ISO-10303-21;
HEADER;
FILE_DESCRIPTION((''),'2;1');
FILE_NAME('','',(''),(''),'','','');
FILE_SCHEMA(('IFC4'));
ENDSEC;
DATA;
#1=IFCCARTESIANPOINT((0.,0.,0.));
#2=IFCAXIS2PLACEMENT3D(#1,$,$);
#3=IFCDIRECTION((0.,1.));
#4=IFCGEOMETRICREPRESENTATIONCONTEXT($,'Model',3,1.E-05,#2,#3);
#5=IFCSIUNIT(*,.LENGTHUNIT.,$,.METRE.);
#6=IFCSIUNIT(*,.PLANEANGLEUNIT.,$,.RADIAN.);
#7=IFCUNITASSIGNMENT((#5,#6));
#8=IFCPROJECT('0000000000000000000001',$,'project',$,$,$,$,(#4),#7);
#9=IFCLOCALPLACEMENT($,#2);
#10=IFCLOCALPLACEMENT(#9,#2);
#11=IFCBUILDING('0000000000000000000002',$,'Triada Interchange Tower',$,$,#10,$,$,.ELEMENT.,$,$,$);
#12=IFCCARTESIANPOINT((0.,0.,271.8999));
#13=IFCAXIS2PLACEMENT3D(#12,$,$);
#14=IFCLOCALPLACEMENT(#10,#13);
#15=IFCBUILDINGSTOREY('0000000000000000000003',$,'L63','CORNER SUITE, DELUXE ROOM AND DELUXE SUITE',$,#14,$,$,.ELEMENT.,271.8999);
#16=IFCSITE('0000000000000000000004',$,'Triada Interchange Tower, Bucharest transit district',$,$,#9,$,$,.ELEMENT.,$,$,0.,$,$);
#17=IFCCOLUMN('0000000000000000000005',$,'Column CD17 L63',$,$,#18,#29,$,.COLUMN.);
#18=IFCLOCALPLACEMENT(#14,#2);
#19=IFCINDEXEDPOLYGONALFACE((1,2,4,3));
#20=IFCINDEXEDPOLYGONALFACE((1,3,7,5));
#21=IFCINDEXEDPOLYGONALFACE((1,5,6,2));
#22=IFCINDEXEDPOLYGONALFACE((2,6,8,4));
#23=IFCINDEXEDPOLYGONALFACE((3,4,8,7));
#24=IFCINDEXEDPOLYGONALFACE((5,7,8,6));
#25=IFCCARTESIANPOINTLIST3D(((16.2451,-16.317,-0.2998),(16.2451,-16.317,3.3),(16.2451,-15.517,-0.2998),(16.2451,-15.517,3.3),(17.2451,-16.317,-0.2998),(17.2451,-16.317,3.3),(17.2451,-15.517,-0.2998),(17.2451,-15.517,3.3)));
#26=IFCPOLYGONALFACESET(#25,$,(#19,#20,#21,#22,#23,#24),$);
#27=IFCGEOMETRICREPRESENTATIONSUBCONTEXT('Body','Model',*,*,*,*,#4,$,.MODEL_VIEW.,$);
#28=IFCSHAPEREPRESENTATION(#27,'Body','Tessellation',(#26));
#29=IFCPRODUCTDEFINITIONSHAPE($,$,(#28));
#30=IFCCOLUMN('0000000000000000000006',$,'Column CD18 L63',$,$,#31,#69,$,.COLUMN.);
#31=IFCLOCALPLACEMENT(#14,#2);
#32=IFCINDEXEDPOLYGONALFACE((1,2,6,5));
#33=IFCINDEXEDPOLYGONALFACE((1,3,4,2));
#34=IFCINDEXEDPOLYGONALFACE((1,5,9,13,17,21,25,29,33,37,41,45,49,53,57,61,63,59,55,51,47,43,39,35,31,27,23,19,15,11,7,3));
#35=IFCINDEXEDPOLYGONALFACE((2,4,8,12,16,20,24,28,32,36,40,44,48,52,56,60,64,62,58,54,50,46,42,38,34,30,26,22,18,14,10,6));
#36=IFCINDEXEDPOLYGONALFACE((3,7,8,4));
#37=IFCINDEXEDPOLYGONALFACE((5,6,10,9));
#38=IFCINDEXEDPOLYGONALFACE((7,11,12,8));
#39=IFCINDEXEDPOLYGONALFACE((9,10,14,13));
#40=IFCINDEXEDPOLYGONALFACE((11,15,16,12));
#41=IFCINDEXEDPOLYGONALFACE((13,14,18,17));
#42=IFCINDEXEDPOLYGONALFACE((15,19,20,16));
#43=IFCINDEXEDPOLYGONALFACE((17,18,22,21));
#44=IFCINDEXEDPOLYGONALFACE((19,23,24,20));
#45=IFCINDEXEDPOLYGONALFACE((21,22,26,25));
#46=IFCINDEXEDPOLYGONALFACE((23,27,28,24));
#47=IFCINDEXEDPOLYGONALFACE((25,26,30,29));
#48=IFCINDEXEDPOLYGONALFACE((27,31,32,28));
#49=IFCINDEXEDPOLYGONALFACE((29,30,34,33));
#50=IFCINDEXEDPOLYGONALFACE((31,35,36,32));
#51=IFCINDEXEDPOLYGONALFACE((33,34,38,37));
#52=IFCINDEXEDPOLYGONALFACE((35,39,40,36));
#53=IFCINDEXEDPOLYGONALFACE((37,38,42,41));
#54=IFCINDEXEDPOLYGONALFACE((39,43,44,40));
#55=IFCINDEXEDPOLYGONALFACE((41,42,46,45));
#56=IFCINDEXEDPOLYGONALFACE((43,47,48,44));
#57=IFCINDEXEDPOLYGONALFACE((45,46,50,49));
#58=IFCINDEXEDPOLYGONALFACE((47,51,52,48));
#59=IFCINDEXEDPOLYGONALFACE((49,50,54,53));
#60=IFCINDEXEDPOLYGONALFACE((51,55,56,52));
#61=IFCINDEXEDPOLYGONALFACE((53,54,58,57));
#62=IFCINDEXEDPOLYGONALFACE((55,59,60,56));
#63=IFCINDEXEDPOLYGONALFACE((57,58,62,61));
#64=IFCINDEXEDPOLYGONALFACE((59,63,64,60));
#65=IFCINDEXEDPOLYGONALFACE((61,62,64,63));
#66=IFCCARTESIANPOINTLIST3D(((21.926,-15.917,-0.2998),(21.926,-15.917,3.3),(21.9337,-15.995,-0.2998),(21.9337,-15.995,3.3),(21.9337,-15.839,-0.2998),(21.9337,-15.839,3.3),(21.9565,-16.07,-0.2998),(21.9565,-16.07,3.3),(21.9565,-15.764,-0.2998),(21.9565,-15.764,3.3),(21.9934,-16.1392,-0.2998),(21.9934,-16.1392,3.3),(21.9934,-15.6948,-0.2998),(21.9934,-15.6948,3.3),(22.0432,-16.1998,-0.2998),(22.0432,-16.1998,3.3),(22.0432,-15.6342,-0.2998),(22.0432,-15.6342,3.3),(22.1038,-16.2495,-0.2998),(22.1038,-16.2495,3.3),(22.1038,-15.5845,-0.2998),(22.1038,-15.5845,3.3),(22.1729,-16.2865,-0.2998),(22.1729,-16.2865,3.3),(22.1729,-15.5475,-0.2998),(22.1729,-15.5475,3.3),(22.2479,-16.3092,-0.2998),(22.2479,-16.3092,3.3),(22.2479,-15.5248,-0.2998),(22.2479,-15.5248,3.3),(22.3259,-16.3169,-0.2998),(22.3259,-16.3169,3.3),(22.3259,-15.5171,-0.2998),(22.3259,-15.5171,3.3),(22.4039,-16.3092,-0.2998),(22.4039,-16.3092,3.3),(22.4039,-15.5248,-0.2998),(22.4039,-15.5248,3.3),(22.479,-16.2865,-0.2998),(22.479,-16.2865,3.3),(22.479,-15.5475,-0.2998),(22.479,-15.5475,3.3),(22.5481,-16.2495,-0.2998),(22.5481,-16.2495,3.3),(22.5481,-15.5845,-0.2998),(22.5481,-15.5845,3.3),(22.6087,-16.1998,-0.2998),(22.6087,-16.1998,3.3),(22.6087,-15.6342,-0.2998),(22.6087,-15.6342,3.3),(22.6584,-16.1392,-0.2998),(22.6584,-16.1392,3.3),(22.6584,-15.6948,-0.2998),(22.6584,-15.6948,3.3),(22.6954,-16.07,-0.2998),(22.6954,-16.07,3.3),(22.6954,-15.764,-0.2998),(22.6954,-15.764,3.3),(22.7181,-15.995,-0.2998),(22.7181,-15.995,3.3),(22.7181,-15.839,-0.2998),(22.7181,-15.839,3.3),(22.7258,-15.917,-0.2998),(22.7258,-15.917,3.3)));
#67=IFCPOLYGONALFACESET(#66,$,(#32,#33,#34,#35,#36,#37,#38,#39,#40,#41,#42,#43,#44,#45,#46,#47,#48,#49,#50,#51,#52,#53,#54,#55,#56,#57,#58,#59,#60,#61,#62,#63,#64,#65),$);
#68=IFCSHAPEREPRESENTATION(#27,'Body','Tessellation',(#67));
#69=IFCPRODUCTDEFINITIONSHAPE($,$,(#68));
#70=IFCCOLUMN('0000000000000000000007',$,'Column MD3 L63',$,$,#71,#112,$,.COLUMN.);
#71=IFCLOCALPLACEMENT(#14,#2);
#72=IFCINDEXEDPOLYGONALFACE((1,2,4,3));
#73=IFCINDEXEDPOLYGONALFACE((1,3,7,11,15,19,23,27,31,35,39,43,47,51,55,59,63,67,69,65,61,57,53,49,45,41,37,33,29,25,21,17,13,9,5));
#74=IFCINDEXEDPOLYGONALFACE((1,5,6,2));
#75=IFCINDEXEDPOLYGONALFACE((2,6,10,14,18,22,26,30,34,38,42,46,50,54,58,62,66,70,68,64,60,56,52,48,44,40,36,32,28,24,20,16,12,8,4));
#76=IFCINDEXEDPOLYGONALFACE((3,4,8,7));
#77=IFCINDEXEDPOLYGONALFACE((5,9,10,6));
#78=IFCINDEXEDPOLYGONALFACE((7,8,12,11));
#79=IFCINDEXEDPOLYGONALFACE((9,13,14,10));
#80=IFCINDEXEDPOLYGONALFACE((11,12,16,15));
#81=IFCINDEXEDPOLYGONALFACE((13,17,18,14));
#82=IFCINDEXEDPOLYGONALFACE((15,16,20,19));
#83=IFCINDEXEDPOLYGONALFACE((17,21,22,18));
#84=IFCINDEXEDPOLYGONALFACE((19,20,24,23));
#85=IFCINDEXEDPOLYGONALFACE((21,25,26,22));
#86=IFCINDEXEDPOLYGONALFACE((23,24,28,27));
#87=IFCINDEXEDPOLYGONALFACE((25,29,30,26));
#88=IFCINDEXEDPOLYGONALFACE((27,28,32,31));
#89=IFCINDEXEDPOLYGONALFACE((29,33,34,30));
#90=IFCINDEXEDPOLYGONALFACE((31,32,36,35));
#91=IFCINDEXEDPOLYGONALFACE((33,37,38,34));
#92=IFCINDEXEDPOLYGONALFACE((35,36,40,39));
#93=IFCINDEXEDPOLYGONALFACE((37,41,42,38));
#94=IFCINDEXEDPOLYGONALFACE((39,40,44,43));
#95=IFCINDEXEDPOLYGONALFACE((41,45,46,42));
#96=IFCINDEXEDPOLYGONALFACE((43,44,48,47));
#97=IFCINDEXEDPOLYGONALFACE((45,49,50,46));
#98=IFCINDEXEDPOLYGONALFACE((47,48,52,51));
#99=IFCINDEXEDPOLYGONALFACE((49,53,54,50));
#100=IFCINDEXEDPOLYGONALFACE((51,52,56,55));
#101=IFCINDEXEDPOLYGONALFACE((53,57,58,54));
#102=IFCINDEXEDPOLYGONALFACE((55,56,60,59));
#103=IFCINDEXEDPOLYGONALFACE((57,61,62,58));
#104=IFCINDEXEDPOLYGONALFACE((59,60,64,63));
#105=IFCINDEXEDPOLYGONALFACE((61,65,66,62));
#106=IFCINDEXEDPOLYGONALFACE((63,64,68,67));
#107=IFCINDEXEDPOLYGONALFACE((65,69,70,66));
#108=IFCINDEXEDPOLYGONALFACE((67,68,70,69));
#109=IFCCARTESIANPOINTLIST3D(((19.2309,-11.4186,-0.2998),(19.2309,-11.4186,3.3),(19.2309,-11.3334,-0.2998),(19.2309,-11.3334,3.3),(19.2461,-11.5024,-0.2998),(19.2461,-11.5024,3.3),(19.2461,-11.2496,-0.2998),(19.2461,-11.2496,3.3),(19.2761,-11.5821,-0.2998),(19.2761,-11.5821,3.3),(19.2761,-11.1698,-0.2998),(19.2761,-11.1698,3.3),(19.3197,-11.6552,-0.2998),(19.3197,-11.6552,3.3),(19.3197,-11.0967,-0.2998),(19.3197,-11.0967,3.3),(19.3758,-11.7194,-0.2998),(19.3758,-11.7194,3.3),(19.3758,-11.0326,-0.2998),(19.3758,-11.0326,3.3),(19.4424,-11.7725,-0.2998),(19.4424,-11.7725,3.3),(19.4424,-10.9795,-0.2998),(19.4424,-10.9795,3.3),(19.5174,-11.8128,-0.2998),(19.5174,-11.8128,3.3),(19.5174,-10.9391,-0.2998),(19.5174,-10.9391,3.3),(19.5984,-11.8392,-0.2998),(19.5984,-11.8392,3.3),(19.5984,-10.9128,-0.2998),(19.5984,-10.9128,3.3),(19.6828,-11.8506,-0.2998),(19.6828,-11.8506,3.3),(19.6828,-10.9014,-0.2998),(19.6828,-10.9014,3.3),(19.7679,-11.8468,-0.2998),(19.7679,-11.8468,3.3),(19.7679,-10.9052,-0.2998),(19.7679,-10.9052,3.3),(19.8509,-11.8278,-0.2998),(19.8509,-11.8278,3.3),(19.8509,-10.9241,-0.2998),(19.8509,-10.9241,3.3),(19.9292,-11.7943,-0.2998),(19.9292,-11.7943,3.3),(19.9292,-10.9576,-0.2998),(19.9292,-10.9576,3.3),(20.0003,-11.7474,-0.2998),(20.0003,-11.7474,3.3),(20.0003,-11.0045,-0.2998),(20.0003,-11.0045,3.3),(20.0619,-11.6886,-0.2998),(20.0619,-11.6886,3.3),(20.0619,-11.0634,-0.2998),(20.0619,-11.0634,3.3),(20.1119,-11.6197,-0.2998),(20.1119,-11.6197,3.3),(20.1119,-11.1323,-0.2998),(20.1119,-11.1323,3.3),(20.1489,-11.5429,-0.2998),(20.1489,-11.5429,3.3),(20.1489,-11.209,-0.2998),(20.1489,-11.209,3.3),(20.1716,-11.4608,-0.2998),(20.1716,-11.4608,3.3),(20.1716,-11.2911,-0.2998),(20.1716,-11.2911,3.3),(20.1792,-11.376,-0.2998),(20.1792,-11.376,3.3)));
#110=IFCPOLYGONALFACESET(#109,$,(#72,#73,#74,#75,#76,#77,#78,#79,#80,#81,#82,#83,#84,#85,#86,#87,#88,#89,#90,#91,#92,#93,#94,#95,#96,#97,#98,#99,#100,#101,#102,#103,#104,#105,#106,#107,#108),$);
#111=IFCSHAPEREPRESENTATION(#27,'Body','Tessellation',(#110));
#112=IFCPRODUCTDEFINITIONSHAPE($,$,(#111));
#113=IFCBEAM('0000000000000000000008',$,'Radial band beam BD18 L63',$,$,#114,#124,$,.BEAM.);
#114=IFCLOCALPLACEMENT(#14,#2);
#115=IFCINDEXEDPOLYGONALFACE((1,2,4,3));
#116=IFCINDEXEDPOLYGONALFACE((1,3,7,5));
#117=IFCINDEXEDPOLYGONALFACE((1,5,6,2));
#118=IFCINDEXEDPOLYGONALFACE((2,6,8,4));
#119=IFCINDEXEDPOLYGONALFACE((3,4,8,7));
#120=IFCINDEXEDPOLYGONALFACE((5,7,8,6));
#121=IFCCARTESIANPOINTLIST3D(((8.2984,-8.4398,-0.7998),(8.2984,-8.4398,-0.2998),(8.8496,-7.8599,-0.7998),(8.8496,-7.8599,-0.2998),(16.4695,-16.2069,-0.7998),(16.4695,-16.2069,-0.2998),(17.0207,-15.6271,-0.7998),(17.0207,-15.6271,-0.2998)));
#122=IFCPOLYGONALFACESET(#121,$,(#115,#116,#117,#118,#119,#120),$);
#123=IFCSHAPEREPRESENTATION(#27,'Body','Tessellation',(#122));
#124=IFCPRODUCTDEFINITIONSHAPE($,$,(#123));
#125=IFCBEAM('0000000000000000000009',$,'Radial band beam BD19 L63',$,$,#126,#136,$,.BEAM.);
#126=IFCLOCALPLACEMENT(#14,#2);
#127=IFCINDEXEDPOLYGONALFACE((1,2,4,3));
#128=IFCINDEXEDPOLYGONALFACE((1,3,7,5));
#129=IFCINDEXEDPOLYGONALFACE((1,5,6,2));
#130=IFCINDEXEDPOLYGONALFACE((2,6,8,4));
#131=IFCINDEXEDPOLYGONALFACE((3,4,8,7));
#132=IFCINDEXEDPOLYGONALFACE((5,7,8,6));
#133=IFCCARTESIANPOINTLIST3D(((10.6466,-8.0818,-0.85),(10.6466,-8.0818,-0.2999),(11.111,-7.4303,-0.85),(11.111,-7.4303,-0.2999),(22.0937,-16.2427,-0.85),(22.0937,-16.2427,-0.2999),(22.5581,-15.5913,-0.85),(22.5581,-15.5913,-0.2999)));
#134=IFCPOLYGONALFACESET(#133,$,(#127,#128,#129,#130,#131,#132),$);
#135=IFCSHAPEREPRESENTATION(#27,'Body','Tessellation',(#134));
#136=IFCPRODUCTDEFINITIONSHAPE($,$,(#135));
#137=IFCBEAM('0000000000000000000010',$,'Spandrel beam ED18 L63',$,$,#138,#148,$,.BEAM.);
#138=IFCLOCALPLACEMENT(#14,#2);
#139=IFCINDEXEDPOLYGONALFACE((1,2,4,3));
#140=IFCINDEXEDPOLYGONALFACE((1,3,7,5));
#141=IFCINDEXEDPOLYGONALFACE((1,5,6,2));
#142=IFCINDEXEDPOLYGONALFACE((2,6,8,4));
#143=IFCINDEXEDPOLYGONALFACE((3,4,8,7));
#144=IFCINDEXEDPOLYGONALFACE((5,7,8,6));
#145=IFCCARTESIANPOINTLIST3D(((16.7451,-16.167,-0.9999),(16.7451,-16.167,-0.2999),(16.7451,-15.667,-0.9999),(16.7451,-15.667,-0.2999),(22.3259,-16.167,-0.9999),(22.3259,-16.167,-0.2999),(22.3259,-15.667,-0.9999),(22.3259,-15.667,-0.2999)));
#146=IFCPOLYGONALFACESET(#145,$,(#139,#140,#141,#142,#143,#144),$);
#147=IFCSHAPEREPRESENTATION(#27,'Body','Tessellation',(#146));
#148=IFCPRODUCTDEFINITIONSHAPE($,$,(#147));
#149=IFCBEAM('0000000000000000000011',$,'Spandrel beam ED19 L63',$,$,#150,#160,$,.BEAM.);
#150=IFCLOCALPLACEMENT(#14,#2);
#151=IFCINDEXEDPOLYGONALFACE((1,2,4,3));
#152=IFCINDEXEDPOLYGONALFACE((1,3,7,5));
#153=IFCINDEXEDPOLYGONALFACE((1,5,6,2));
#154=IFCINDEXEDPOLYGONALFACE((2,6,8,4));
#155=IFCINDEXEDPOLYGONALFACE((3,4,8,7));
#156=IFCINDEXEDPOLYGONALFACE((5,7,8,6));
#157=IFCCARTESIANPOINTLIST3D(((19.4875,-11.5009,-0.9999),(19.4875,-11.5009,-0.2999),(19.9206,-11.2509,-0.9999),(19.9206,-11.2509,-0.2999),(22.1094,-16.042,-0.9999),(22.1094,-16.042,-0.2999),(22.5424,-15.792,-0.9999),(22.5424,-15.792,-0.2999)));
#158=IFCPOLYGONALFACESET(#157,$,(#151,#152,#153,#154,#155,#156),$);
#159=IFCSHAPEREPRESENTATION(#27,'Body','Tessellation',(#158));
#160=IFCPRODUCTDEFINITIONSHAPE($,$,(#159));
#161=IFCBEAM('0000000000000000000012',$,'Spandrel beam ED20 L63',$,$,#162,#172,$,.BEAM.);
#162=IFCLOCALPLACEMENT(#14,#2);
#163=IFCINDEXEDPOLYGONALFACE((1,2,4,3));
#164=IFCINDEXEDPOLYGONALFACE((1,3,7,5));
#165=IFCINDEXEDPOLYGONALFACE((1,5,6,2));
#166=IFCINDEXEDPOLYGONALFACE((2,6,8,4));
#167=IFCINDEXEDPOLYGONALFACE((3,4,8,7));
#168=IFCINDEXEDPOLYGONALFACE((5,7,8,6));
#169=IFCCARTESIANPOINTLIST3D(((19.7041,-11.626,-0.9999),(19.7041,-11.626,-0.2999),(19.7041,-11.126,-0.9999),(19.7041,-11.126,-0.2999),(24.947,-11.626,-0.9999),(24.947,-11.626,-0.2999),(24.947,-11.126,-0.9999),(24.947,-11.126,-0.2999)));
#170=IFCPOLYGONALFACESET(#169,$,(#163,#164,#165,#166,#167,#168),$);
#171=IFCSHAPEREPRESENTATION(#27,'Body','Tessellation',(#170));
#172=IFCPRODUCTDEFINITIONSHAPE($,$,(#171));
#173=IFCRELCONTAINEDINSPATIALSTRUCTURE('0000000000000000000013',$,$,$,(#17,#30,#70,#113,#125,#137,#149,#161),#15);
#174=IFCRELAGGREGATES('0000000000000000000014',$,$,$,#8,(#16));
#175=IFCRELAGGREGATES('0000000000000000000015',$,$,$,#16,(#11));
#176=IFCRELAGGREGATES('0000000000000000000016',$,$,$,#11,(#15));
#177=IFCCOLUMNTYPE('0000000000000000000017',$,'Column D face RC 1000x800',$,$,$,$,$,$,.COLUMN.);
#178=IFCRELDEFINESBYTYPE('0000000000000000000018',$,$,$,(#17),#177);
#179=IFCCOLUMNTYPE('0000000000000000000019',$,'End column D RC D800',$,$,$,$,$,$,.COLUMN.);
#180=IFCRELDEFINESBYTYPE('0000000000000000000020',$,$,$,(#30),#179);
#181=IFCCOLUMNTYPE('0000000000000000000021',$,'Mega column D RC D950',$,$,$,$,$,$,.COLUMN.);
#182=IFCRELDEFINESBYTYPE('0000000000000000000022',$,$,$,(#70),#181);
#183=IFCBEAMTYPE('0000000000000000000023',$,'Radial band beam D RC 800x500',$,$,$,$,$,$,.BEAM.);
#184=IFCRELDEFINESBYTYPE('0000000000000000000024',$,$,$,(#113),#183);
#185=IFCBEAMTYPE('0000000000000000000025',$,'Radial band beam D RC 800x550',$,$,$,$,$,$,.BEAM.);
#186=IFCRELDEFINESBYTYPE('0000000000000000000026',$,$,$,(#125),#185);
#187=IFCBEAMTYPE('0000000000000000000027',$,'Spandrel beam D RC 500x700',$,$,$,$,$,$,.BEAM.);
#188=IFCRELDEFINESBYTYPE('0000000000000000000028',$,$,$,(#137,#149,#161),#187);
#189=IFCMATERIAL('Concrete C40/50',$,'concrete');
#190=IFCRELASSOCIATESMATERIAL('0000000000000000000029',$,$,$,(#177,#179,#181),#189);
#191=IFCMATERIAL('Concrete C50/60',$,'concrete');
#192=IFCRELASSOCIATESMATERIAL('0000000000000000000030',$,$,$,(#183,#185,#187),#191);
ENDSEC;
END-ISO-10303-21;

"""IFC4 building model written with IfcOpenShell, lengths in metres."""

from ifc_helpers import new_model, si_unit, direction, frame, origin, origin_2d, place, context, subcontext, project, spatial, rectangle, circle, extrude, material, material_profile, profile_set, type_object, element, save


model = new_model("IFC4")

# Units and contexts
model_context = context("Model", 3, precision=1e-05, world=origin(), true_north=direction((0.0, 1.0)))
body_context = subcontext(model_context, "Body", "Model", "MODEL_VIEW")
ifc_project = project(units=[si_unit("LENGTHUNIT", "METRE"), si_unit("PLANEANGLEUNIT", "RADIAN")], contexts=[model_context])

# Site, building, storey
site_placement = place(None, origin())
site = spatial("IfcSite", under=ifc_project, at=site_placement, Name="Triada Interchange Tower, Bucharest transit district", CompositionType="ELEMENT", RefElevation=0.0)
building_placement = place(site_placement, origin())
building = spatial("IfcBuilding", under=site, at=building_placement, Name="Triada Interchange Tower", CompositionType="ELEMENT")
storey_placement = place(building_placement, frame((0.0, 0.0, 271.8999)))
storey = spatial("IfcBuildingStorey", under=building, at=storey_placement, Name="L63", Description="CORNER SUITE, DELUXE ROOM AND DELUXE SUITE", CompositionType="ELEMENT", Elevation=271.8999)

# Columns
ifc_material_1 = material(Name="Concrete C40/50", Category="concrete")
ifc_material_profile_1 = material_profile(ifc_material_1, rectangle(XDim=1.0, YDim=0.8, at=origin_2d()), Name="RC 1000x800")
ifc_profile_set_1 = profile_set([ifc_material_profile_1], Name="Concrete C40/50")
column_type_1 = type_object("IfcColumnType", Name="Column D face RC 1000x800", PredefinedType="COLUMN", material=ifc_profile_set_1)
column_1_placement = place(storey_placement, frame((16.7451, -15.917, -0.2998), z_axis=(0.0, 0.0, 1.0), x_axis=(1.0, 0.0, 0.0)))
element("IfcColumn", 1, at=column_1_placement, inside=storey, type_object=column_type_1, Name="Column CD17 L63", PredefinedType="COLUMN", context=body_context, shape_type="SweptSolid", body=[
    extrude(rectangle(XDim=1.0, YDim=0.8, at=origin_2d()), origin(), (0.0, 0.0, 1.0), 3.5999),
])
ifc_material_profile_2 = material_profile(ifc_material_1, circle(Radius=0.3999, at=origin_2d()), Name="RC D800")
ifc_profile_set_2 = profile_set([ifc_material_profile_2], Name="Concrete C40/50")
column_type_2 = type_object("IfcColumnType", Name="End column D RC D800", PredefinedType="COLUMN", material=ifc_profile_set_2)
column_2_placement = place(storey_placement, frame((22.3259, -15.917, -0.2998), z_axis=(0.0, 0.0, 1.0), x_axis=(1.0, 0.0, 0.0)))
element("IfcColumn", 2, at=column_2_placement, inside=storey, type_object=column_type_2, Name="Column CD18 L63", PredefinedType="COLUMN", context=body_context, shape_type="SweptSolid", body=[
    extrude(circle(Radius=0.3999, at=origin_2d()), origin(), (0.0, 0.0, 1.0), 3.5999),
])
ifc_material_profile_3 = material_profile(ifc_material_1, circle(Radius=0.4751, at=origin_2d()), Name="RC D950")
ifc_profile_set_3 = profile_set([ifc_material_profile_3], Name="Concrete C40/50")
column_type_3 = type_object("IfcColumnType", Name="Mega column D RC D950", PredefinedType="COLUMN", material=ifc_profile_set_3)
column_3_placement = place(storey_placement, frame((19.7041, -11.376, -0.2998), z_axis=(0.0, 0.0, 1.0), x_axis=(1.0, 0.0, 0.0)))
element("IfcColumn", 3, at=column_3_placement, inside=storey, type_object=column_type_3, Name="Column MD3 L63", PredefinedType="COLUMN", context=body_context, shape_type="SweptSolid", body=[
    extrude(circle(Radius=0.4751, at=origin_2d()), origin(), (0.0, 0.0, 1.0), 3.5999),
])

# Beams
ifc_material_2 = material(Name="Concrete C50/60", Category="concrete")
ifc_material_profile_4 = material_profile(ifc_material_2, rectangle(XDim=0.8, YDim=0.5, at=origin_2d()), Name="RC 800x500")
ifc_profile_set_4 = profile_set([ifc_material_profile_4], Name="Concrete C50/60")
beam_type_1 = type_object("IfcBeamType", Name="Radial band beam D RC 800x500", PredefinedType="BEAM", material=ifc_profile_set_4)
beam_1_placement = place(storey_placement, frame((16.7451, -15.917, -0.5498), z_axis=(-0.7248, 0.688959, 0.0), x_axis=(-0.688959, -0.7248, 0.0)))
element("IfcBeam", 4, at=beam_1_placement, inside=storey, type_object=beam_type_1, Name="Radial band beam BD18 L63", PredefinedType="BEAM", context=body_context, shape_type="SweptSolid", body=[
    extrude(rectangle(XDim=0.8, YDim=0.5, at=origin_2d()), origin(), (0.0, 0.0, 1.0), 11.2737),
])
ifc_material_profile_5 = material_profile(ifc_material_2, rectangle(XDim=0.8, YDim=0.55, at=origin_2d()), Name="RC 800x550")
ifc_profile_set_5 = profile_set([ifc_material_profile_5], Name="Concrete C50/60")
beam_type_2 = type_object("IfcBeamType", Name="Radial band beam D RC 800x550", PredefinedType="BEAM", material=ifc_profile_set_5)
beam_2_placement = place(storey_placement, frame((22.3259, -15.917, -0.575), z_axis=(-0.814256, 0.580505, 0.0), x_axis=(-0.580505, -0.814256, 0.0)))
element("IfcBeam", 5, at=beam_2_placement, inside=storey, type_object=beam_type_2, Name="Radial band beam BD19 L63", PredefinedType="BEAM", context=body_context, shape_type="SweptSolid", body=[
    extrude(rectangle(XDim=0.8, YDim=0.55, at=origin_2d()), origin(), (0.0, 0.0, 1.0), 14.0583),
])
ifc_material_profile_6 = material_profile(ifc_material_2, rectangle(XDim=0.5, YDim=0.7, at=origin_2d()), Name="RC 500x700")
ifc_profile_set_6 = profile_set([ifc_material_profile_6], Name="Concrete C50/60")
beam_type_3 = type_object("IfcBeamType", Name="Spandrel beam D RC 500x700", PredefinedType="BEAM", material=ifc_profile_set_6)
beam_3_placement = place(storey_placement, frame((16.7451, -15.917, -0.6499), z_axis=(1.0, 0.0, 0.0), x_axis=(0.0, 1.0, 0.0)))
element("IfcBeam", 6, at=beam_3_placement, inside=storey, type_object=beam_type_3, Name="Spandrel beam ED18 L63", PredefinedType="BEAM", context=body_context, shape_type="SweptSolid", body=[
    extrude(rectangle(XDim=0.5, YDim=0.7, at=origin_2d()), origin(), (0.0, 0.0, 1.0), 5.5808),
])
beam_4_placement = place(storey_placement, frame((22.3259, -15.917, -0.6499), z_axis=(-0.50001, 0.86602, 0.0), x_axis=(-0.86602, -0.50001, 0.0)))
element("IfcBeam", 7, at=beam_4_placement, inside=storey, type_object=beam_type_3, Name="Spandrel beam ED19 L63", PredefinedType="BEAM", context=body_context, shape_type="SweptSolid", body=[
    extrude(rectangle(XDim=0.5, YDim=0.7, at=origin_2d()), origin(), (0.0, 0.0, 1.0), 5.2437),
])
beam_5_placement = place(storey_placement, frame((19.7041, -11.376, -0.6499), z_axis=(1.0, 0.0, 0.0), x_axis=(0.0, 1.0, 0.0)))
element("IfcBeam", 8, at=beam_5_placement, inside=storey, type_object=beam_type_3, Name="Spandrel beam ED20 L63", PredefinedType="BEAM", context=body_context, shape_type="SweptSolid", body=[
    extrude(rectangle(XDim=0.5, YDim=0.7, at=origin_2d()), origin(), (0.0, 0.0, 1.0), 5.2429),
])

save(model, "model.ifc")
